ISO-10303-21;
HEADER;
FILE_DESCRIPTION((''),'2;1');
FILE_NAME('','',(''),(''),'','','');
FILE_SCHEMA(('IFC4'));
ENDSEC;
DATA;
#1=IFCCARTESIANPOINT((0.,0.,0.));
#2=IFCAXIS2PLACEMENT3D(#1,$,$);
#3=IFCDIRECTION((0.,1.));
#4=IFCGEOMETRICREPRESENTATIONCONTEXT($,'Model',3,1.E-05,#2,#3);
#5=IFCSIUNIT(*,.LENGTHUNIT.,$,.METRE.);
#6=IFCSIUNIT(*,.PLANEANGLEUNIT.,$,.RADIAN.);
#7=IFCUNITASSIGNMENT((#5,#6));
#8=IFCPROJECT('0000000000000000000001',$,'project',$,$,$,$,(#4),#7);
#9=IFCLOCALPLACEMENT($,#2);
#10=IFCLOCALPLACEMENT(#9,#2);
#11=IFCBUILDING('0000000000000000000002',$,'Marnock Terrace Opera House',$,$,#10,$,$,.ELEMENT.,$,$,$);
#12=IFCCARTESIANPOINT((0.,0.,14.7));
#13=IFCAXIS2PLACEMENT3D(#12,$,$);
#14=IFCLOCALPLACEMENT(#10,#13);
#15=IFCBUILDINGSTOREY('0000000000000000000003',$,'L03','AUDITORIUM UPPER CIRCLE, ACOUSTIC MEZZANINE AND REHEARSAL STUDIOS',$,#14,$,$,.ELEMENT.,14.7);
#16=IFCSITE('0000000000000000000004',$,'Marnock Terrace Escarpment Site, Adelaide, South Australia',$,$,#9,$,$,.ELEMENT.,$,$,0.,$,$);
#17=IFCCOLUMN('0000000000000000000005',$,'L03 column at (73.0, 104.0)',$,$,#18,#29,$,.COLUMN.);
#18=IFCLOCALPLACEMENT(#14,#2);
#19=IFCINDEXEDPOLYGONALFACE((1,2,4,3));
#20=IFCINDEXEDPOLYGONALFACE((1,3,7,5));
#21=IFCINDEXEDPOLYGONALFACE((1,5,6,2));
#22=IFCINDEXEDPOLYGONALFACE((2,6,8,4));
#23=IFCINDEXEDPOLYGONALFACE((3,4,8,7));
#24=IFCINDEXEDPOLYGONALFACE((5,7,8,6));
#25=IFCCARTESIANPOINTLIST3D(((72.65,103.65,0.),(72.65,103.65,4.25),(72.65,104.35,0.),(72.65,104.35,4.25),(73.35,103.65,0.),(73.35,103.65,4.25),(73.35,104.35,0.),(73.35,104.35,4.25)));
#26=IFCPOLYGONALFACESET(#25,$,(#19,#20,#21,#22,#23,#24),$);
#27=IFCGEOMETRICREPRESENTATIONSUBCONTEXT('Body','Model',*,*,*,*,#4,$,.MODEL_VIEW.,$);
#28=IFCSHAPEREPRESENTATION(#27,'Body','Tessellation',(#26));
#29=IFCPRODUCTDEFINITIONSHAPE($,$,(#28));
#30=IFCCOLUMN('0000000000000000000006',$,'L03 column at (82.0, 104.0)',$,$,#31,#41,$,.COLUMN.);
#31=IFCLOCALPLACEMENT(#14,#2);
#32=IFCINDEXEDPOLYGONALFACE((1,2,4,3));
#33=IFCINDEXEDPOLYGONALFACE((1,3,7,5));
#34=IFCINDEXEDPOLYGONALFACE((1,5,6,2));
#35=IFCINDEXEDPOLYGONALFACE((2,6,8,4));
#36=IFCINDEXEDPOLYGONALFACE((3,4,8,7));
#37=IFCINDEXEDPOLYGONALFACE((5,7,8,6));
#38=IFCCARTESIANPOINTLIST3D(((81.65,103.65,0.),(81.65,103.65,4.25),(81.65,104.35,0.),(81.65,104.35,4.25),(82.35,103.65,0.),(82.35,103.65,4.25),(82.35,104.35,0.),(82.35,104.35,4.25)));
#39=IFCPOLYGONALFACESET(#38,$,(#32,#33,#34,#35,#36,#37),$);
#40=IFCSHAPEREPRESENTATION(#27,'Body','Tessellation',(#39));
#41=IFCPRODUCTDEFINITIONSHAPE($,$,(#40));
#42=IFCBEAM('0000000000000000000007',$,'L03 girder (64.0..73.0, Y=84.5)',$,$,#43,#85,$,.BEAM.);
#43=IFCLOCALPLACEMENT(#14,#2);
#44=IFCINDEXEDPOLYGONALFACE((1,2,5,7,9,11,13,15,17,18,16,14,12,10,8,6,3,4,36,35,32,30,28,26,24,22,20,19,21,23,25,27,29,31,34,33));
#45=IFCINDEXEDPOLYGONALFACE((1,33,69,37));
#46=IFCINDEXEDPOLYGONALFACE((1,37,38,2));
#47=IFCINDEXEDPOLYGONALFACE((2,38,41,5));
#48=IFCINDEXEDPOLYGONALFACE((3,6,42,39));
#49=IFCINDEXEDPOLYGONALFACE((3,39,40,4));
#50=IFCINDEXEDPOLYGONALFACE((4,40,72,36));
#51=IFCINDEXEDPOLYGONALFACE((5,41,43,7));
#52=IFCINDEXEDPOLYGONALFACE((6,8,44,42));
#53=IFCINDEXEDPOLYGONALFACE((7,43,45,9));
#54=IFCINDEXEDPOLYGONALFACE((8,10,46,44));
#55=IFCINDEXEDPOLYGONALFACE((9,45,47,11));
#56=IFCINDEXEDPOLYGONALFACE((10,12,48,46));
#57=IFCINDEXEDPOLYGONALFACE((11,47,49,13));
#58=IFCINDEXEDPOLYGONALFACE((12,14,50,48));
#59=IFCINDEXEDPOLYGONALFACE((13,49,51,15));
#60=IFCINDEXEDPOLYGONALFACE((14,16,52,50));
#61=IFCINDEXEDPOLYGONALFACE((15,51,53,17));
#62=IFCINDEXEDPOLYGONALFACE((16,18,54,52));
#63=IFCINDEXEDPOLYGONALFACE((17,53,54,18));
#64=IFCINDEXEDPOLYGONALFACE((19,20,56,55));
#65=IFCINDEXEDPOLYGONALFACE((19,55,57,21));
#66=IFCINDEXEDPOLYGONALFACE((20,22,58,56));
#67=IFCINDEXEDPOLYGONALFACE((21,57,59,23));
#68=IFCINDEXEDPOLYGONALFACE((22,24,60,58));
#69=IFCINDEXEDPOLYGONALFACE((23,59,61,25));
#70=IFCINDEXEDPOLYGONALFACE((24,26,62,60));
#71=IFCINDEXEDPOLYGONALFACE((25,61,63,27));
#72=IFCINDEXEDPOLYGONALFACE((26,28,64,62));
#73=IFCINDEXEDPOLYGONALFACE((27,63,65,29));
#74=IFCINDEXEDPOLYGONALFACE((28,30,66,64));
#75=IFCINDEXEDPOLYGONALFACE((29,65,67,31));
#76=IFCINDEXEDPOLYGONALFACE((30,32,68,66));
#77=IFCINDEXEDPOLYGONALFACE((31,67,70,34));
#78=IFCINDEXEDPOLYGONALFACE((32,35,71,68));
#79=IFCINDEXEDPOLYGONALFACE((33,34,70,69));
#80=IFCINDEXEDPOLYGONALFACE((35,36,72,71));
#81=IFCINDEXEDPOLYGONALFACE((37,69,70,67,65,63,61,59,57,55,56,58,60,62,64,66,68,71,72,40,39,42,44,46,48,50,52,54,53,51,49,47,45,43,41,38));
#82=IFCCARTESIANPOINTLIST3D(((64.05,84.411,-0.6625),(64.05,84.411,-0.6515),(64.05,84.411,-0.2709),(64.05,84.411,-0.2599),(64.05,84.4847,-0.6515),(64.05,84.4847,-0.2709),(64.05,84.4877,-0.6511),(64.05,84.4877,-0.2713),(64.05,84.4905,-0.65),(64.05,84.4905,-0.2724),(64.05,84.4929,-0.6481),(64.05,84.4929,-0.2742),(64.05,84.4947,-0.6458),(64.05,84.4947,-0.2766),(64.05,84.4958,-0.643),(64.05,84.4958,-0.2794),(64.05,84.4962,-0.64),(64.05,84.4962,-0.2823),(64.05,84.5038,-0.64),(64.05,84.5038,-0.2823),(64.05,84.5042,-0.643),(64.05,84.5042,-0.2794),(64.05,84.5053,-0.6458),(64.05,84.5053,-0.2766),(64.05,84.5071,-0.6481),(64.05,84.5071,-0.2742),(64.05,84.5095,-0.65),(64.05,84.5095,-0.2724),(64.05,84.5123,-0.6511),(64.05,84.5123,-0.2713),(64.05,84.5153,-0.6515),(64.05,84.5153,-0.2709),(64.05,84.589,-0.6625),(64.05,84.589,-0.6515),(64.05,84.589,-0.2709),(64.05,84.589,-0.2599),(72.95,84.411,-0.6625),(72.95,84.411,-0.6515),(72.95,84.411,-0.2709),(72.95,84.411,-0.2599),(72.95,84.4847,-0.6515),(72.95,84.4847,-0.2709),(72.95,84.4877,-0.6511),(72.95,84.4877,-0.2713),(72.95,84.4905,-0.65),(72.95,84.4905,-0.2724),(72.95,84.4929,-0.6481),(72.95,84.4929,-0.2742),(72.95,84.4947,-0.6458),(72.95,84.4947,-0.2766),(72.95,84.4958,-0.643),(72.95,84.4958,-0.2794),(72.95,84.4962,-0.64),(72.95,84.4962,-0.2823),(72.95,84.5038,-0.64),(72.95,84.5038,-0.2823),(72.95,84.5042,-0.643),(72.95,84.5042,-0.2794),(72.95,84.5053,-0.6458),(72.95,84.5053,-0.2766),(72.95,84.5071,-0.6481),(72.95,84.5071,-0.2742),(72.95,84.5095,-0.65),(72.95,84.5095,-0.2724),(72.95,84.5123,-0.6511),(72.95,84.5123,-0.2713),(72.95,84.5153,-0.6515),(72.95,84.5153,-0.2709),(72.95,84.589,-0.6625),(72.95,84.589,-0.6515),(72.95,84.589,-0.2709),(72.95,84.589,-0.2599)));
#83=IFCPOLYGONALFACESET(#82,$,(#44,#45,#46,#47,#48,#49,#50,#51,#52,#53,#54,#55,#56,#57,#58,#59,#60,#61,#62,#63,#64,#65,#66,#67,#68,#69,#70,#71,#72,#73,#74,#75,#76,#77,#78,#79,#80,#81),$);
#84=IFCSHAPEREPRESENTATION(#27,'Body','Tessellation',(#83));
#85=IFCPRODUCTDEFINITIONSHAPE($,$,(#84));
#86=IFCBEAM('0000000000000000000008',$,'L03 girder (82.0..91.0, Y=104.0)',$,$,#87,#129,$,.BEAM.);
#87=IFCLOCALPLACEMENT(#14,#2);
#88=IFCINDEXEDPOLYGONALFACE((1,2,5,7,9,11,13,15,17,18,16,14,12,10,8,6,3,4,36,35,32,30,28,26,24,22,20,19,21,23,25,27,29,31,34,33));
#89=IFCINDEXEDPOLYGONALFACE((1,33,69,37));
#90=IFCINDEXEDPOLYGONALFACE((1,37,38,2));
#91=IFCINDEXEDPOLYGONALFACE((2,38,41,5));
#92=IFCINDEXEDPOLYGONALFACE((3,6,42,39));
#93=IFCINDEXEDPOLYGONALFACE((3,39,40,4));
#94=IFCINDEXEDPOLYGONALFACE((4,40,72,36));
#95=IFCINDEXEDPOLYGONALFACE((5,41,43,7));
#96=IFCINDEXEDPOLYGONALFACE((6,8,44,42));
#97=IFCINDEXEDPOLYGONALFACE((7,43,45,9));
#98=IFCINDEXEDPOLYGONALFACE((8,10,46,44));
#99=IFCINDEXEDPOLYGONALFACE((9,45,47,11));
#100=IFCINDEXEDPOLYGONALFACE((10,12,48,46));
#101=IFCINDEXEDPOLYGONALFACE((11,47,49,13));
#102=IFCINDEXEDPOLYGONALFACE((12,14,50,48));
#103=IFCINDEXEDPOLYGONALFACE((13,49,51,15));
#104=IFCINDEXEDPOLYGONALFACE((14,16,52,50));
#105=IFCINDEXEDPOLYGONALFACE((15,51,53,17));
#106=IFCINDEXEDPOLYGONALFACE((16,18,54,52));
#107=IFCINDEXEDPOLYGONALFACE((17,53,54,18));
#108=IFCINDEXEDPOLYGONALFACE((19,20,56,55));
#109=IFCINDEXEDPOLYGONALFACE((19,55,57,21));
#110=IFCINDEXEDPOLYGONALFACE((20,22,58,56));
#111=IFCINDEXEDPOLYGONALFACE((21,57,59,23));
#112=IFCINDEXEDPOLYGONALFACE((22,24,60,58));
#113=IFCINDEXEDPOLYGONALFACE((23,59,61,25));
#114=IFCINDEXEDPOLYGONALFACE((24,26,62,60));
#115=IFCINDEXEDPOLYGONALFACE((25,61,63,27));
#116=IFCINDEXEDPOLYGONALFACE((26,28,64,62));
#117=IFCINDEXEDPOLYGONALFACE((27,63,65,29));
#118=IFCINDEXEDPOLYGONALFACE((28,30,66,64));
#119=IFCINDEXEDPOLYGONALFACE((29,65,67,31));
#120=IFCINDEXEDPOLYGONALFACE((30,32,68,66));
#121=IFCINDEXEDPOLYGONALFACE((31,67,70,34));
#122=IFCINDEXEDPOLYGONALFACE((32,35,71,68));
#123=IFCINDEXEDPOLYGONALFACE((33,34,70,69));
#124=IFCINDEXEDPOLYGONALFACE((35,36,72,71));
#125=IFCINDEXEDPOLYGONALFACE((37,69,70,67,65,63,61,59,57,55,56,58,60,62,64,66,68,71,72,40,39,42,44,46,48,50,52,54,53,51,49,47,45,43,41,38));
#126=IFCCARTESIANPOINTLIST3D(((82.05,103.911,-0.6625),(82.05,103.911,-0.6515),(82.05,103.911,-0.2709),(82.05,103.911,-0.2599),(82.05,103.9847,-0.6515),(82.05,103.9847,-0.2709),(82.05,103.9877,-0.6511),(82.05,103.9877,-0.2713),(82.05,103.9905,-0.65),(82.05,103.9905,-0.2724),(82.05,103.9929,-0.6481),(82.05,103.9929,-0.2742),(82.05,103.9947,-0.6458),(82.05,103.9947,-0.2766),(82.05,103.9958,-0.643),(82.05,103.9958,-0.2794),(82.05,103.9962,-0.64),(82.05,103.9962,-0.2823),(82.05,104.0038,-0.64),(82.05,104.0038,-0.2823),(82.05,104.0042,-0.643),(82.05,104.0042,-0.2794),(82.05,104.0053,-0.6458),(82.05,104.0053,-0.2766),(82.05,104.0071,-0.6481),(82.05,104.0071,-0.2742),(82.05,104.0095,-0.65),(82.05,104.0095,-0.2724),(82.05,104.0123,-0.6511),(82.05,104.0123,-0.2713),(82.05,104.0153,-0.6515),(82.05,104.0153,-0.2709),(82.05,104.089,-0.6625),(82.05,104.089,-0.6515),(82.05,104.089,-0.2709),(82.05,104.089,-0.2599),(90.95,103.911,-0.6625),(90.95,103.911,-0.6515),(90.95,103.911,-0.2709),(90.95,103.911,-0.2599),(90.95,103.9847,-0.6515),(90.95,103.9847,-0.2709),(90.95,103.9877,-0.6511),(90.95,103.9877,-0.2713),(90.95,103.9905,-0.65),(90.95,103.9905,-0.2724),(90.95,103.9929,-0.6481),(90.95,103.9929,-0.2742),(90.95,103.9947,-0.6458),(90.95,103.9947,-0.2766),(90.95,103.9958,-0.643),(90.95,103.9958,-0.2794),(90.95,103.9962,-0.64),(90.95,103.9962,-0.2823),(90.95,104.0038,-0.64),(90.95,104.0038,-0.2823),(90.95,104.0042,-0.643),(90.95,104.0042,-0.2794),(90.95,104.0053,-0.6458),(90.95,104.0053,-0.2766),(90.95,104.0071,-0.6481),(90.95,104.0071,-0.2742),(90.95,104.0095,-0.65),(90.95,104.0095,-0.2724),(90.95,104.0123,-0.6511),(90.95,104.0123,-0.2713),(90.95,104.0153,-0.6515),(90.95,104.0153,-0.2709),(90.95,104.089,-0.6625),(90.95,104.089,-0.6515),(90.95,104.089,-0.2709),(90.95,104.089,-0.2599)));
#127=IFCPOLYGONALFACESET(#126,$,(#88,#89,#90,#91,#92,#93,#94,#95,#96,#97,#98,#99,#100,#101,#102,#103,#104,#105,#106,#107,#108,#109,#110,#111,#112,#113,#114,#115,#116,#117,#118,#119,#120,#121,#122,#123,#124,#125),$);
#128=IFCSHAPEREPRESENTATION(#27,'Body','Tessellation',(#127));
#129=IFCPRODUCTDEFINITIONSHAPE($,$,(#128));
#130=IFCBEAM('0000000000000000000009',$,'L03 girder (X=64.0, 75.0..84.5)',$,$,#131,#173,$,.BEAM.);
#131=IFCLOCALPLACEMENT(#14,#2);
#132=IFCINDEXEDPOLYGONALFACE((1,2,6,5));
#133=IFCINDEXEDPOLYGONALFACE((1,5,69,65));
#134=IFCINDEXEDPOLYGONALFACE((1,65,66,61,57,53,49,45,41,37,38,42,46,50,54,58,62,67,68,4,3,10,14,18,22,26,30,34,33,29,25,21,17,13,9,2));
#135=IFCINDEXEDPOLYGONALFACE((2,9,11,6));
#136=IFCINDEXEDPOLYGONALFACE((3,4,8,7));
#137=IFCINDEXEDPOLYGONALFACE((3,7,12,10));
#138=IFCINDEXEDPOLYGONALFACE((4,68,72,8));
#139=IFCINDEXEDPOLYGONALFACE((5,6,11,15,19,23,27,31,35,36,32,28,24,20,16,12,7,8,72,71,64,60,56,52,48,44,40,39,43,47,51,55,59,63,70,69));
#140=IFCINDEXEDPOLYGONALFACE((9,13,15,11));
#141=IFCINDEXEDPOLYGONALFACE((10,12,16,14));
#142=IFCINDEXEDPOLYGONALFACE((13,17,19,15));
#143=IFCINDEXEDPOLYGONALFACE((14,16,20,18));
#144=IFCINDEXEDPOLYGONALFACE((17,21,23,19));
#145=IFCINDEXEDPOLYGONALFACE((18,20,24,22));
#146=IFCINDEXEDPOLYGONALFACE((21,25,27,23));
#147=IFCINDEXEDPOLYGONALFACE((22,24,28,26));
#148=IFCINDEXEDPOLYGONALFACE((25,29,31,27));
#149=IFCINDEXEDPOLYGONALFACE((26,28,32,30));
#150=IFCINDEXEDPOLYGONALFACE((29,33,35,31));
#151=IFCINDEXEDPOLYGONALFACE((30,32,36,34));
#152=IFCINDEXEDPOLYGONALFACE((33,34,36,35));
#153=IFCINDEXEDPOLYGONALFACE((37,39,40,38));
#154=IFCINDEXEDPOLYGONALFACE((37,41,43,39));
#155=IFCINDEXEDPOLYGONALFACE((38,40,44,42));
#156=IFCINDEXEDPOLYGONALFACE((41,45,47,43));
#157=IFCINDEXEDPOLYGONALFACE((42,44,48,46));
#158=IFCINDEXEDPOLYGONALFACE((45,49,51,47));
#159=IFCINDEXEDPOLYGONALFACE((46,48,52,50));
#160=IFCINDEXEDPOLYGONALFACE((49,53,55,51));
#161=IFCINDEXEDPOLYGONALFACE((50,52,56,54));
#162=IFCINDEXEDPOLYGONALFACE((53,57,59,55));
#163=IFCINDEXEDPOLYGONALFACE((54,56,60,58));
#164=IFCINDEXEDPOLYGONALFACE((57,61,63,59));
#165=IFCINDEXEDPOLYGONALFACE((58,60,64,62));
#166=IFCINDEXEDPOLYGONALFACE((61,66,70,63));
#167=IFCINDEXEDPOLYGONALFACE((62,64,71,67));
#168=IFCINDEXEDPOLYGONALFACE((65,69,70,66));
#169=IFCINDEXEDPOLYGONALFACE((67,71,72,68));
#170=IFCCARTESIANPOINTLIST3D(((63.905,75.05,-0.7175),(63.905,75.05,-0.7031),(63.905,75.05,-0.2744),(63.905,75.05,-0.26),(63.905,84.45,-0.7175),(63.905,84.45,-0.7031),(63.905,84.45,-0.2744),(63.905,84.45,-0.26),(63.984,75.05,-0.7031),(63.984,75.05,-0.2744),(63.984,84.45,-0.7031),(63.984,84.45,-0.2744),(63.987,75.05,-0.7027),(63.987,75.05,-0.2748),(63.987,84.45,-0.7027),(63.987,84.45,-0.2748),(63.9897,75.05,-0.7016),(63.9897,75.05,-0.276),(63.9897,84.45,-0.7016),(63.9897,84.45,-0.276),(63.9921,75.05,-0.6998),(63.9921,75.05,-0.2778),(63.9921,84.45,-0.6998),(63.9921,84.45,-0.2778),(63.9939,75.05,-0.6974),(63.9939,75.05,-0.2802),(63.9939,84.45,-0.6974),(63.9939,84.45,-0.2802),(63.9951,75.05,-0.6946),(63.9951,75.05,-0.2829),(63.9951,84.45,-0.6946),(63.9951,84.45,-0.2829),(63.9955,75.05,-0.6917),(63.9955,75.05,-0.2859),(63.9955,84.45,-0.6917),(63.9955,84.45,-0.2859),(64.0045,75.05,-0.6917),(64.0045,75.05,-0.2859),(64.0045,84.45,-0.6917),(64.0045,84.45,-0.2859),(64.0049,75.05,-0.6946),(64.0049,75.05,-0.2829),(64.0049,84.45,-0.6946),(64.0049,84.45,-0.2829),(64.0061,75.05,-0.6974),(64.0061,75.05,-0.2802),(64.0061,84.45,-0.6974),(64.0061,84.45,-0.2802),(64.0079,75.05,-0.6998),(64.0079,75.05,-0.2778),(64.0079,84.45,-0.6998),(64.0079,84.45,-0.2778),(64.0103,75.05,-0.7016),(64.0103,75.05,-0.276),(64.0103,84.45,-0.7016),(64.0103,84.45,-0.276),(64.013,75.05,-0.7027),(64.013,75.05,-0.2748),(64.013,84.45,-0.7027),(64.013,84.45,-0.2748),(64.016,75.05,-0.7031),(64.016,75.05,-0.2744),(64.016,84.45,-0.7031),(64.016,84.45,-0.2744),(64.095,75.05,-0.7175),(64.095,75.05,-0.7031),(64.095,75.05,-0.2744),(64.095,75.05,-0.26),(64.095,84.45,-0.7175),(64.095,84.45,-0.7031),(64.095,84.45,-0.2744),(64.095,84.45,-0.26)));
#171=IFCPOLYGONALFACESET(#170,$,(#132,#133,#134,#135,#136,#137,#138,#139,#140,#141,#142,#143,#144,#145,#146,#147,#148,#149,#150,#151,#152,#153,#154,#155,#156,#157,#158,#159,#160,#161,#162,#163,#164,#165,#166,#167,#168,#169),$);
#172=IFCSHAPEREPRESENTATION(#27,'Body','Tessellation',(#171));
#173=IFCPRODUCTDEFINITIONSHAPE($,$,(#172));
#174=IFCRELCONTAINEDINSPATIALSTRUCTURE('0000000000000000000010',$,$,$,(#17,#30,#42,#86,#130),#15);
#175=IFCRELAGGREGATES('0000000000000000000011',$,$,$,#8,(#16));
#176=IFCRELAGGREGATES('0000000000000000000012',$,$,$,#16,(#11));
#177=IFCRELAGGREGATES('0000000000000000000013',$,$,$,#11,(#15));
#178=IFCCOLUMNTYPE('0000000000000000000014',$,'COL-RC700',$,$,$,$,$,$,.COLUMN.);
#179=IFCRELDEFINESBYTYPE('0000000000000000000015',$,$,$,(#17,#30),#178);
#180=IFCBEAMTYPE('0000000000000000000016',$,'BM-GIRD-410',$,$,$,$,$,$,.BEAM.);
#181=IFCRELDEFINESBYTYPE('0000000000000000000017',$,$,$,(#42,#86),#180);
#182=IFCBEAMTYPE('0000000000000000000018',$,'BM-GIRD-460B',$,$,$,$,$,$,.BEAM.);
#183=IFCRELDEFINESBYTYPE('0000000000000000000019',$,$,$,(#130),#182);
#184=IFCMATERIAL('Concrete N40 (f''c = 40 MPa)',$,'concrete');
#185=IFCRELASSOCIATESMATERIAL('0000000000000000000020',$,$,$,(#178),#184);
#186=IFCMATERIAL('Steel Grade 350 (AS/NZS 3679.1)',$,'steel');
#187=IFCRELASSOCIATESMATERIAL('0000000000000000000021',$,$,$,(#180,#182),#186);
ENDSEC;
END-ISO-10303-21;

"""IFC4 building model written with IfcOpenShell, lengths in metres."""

from ifc_helpers import new_model, si_unit, direction, frame, origin, origin_2d, place, context, subcontext, project, spatial, rectangle, i_section, extrude, material, material_profile, profile_set, type_object, element, save


model = new_model("IFC4")

# Units and contexts
model_context = context("Model", 3, precision=1e-05, world=origin(), true_north=direction((0.0, 1.0)))
body_context = subcontext(model_context, "Body", "Model", "MODEL_VIEW")
ifc_project = project(units=[si_unit("LENGTHUNIT", "METRE"), si_unit("PLANEANGLEUNIT", "RADIAN")], contexts=[model_context])

# Site, building, storey
site_placement = place(None, origin())
site = spatial("IfcSite", under=ifc_project, at=site_placement, Name="Marnock Terrace Escarpment Site, Adelaide, South Australia", CompositionType="ELEMENT", RefElevation=0.0)
building_placement = place(site_placement, origin())
building = spatial("IfcBuilding", under=site, at=building_placement, Name="Marnock Terrace Opera House", CompositionType="ELEMENT")
storey_placement = place(building_placement, frame((0.0, 0.0, 14.7)))
storey = spatial("IfcBuildingStorey", under=building, at=storey_placement, Name="L03", Description="AUDITORIUM UPPER CIRCLE, ACOUSTIC MEZZANINE AND REHEARSAL STUDIOS", CompositionType="ELEMENT", Elevation=14.7)

# Columns
ifc_material_1 = material(Name="Concrete N40 (f'c = 40 MPa)", Category="concrete")
ifc_material_profile_1 = material_profile(ifc_material_1, rectangle(XDim=0.7, YDim=0.7, at=origin_2d()))
ifc_profile_set_1 = profile_set([ifc_material_profile_1], Name="Concrete N40 (f'c = 40 MPa)")
column_type_1 = type_object("IfcColumnType", Name="COL-RC700", PredefinedType="COLUMN", material=ifc_profile_set_1)
for number, where, z_axis, x_axis, name in (
    (1, (73.0, 104.0, 0.0), (0.0, 0.0, 1.0), (1.0, 0.0, 0.0), "L03 column at (73.0, 104.0)"),
    (2, (82.0, 104.0, 0.0), (0.0, 0.0, 1.0), (1.0, 0.0, 0.0), "L03 column at (82.0, 104.0)"),
):
    element("IfcColumn", number, at=place(storey_placement, frame(where, z_axis=z_axis, x_axis=x_axis)), inside=storey, type_object=column_type_1, Name=name, PredefinedType="COLUMN", context=body_context, shape_type="SweptSolid", body=[
        extrude(rectangle(XDim=0.7, YDim=0.7, at=origin_2d()), origin(), (0.0, 0.0, 1.0), 4.25),
    ])

# Beams
ifc_material_2 = material(Name="Steel Grade 350 (AS/NZS 3679.1)", Category="steel")
ifc_material_profile_2 = material_profile(ifc_material_2, i_section(OverallWidth=0.178, OverallDepth=0.4026, WebThickness=0.0076, FlangeThickness=0.011, FilletRadius=0.0115, at=origin_2d()))
ifc_profile_set_2 = profile_set([ifc_material_profile_2], Name="Steel Grade 350 (AS/NZS 3679.1)")
beam_type_1 = type_object("IfcBeamType", Name="BM-GIRD-410", PredefinedType="BEAM", material=ifc_profile_set_2)
for number, where, z_axis, x_axis, name in (
    (3, (64.05, 84.5, -0.4612), (1.0, 0.0, 0.0), (0.0, 1.0, 0.0), "L03 girder (64.0..73.0, Y=84.5)"),
    (4, (82.05, 104.0, -0.4612), (1.0, 0.0, 0.0), (0.0, 1.0, 0.0), "L03 girder (82.0..91.0, Y=104.0)"),
):
    element("IfcBeam", number, at=place(storey_placement, frame(where, z_axis=z_axis, x_axis=x_axis)), inside=storey, type_object=beam_type_1, Name=name, PredefinedType="BEAM", context=body_context, shape_type="SweptSolid", body=[
        extrude(i_section(OverallWidth=0.178, OverallDepth=0.4026, WebThickness=0.0076, FlangeThickness=0.011, FilletRadius=0.0115, at=origin_2d()), origin(), (0.0, 0.0, 1.0), 8.8999),
    ])
ifc_material_profile_3 = material_profile(ifc_material_2, i_section(OverallWidth=0.1899, OverallDepth=0.4575, WebThickness=0.009, FlangeThickness=0.0144, FilletRadius=0.0115, at=origin_2d()))
ifc_profile_set_3 = profile_set([ifc_material_profile_3], Name="Steel Grade 350 (AS/NZS 3679.1)")
beam_type_2 = type_object("IfcBeamType", Name="BM-GIRD-460B", PredefinedType="BEAM", material=ifc_profile_set_3)
beam_1_placement = place(storey_placement, frame((64.0, 75.05, -0.4888), z_axis=(0.0, 1.0, 0.0), x_axis=(-1.0, 0.0, 0.0)))
element("IfcBeam", 5, at=beam_1_placement, inside=storey, type_object=beam_type_2, Name="L03 girder (X=64.0, 75.0..84.5)", PredefinedType="BEAM", context=body_context, shape_type="SweptSolid", body=[
    extrude(i_section(OverallWidth=0.1899, OverallDepth=0.4575, WebThickness=0.009, FlangeThickness=0.0144, FilletRadius=0.0115, at=origin_2d()), origin(), (0.0, 0.0, 1.0), 9.3999),
])

save(model, "model.ifc")
